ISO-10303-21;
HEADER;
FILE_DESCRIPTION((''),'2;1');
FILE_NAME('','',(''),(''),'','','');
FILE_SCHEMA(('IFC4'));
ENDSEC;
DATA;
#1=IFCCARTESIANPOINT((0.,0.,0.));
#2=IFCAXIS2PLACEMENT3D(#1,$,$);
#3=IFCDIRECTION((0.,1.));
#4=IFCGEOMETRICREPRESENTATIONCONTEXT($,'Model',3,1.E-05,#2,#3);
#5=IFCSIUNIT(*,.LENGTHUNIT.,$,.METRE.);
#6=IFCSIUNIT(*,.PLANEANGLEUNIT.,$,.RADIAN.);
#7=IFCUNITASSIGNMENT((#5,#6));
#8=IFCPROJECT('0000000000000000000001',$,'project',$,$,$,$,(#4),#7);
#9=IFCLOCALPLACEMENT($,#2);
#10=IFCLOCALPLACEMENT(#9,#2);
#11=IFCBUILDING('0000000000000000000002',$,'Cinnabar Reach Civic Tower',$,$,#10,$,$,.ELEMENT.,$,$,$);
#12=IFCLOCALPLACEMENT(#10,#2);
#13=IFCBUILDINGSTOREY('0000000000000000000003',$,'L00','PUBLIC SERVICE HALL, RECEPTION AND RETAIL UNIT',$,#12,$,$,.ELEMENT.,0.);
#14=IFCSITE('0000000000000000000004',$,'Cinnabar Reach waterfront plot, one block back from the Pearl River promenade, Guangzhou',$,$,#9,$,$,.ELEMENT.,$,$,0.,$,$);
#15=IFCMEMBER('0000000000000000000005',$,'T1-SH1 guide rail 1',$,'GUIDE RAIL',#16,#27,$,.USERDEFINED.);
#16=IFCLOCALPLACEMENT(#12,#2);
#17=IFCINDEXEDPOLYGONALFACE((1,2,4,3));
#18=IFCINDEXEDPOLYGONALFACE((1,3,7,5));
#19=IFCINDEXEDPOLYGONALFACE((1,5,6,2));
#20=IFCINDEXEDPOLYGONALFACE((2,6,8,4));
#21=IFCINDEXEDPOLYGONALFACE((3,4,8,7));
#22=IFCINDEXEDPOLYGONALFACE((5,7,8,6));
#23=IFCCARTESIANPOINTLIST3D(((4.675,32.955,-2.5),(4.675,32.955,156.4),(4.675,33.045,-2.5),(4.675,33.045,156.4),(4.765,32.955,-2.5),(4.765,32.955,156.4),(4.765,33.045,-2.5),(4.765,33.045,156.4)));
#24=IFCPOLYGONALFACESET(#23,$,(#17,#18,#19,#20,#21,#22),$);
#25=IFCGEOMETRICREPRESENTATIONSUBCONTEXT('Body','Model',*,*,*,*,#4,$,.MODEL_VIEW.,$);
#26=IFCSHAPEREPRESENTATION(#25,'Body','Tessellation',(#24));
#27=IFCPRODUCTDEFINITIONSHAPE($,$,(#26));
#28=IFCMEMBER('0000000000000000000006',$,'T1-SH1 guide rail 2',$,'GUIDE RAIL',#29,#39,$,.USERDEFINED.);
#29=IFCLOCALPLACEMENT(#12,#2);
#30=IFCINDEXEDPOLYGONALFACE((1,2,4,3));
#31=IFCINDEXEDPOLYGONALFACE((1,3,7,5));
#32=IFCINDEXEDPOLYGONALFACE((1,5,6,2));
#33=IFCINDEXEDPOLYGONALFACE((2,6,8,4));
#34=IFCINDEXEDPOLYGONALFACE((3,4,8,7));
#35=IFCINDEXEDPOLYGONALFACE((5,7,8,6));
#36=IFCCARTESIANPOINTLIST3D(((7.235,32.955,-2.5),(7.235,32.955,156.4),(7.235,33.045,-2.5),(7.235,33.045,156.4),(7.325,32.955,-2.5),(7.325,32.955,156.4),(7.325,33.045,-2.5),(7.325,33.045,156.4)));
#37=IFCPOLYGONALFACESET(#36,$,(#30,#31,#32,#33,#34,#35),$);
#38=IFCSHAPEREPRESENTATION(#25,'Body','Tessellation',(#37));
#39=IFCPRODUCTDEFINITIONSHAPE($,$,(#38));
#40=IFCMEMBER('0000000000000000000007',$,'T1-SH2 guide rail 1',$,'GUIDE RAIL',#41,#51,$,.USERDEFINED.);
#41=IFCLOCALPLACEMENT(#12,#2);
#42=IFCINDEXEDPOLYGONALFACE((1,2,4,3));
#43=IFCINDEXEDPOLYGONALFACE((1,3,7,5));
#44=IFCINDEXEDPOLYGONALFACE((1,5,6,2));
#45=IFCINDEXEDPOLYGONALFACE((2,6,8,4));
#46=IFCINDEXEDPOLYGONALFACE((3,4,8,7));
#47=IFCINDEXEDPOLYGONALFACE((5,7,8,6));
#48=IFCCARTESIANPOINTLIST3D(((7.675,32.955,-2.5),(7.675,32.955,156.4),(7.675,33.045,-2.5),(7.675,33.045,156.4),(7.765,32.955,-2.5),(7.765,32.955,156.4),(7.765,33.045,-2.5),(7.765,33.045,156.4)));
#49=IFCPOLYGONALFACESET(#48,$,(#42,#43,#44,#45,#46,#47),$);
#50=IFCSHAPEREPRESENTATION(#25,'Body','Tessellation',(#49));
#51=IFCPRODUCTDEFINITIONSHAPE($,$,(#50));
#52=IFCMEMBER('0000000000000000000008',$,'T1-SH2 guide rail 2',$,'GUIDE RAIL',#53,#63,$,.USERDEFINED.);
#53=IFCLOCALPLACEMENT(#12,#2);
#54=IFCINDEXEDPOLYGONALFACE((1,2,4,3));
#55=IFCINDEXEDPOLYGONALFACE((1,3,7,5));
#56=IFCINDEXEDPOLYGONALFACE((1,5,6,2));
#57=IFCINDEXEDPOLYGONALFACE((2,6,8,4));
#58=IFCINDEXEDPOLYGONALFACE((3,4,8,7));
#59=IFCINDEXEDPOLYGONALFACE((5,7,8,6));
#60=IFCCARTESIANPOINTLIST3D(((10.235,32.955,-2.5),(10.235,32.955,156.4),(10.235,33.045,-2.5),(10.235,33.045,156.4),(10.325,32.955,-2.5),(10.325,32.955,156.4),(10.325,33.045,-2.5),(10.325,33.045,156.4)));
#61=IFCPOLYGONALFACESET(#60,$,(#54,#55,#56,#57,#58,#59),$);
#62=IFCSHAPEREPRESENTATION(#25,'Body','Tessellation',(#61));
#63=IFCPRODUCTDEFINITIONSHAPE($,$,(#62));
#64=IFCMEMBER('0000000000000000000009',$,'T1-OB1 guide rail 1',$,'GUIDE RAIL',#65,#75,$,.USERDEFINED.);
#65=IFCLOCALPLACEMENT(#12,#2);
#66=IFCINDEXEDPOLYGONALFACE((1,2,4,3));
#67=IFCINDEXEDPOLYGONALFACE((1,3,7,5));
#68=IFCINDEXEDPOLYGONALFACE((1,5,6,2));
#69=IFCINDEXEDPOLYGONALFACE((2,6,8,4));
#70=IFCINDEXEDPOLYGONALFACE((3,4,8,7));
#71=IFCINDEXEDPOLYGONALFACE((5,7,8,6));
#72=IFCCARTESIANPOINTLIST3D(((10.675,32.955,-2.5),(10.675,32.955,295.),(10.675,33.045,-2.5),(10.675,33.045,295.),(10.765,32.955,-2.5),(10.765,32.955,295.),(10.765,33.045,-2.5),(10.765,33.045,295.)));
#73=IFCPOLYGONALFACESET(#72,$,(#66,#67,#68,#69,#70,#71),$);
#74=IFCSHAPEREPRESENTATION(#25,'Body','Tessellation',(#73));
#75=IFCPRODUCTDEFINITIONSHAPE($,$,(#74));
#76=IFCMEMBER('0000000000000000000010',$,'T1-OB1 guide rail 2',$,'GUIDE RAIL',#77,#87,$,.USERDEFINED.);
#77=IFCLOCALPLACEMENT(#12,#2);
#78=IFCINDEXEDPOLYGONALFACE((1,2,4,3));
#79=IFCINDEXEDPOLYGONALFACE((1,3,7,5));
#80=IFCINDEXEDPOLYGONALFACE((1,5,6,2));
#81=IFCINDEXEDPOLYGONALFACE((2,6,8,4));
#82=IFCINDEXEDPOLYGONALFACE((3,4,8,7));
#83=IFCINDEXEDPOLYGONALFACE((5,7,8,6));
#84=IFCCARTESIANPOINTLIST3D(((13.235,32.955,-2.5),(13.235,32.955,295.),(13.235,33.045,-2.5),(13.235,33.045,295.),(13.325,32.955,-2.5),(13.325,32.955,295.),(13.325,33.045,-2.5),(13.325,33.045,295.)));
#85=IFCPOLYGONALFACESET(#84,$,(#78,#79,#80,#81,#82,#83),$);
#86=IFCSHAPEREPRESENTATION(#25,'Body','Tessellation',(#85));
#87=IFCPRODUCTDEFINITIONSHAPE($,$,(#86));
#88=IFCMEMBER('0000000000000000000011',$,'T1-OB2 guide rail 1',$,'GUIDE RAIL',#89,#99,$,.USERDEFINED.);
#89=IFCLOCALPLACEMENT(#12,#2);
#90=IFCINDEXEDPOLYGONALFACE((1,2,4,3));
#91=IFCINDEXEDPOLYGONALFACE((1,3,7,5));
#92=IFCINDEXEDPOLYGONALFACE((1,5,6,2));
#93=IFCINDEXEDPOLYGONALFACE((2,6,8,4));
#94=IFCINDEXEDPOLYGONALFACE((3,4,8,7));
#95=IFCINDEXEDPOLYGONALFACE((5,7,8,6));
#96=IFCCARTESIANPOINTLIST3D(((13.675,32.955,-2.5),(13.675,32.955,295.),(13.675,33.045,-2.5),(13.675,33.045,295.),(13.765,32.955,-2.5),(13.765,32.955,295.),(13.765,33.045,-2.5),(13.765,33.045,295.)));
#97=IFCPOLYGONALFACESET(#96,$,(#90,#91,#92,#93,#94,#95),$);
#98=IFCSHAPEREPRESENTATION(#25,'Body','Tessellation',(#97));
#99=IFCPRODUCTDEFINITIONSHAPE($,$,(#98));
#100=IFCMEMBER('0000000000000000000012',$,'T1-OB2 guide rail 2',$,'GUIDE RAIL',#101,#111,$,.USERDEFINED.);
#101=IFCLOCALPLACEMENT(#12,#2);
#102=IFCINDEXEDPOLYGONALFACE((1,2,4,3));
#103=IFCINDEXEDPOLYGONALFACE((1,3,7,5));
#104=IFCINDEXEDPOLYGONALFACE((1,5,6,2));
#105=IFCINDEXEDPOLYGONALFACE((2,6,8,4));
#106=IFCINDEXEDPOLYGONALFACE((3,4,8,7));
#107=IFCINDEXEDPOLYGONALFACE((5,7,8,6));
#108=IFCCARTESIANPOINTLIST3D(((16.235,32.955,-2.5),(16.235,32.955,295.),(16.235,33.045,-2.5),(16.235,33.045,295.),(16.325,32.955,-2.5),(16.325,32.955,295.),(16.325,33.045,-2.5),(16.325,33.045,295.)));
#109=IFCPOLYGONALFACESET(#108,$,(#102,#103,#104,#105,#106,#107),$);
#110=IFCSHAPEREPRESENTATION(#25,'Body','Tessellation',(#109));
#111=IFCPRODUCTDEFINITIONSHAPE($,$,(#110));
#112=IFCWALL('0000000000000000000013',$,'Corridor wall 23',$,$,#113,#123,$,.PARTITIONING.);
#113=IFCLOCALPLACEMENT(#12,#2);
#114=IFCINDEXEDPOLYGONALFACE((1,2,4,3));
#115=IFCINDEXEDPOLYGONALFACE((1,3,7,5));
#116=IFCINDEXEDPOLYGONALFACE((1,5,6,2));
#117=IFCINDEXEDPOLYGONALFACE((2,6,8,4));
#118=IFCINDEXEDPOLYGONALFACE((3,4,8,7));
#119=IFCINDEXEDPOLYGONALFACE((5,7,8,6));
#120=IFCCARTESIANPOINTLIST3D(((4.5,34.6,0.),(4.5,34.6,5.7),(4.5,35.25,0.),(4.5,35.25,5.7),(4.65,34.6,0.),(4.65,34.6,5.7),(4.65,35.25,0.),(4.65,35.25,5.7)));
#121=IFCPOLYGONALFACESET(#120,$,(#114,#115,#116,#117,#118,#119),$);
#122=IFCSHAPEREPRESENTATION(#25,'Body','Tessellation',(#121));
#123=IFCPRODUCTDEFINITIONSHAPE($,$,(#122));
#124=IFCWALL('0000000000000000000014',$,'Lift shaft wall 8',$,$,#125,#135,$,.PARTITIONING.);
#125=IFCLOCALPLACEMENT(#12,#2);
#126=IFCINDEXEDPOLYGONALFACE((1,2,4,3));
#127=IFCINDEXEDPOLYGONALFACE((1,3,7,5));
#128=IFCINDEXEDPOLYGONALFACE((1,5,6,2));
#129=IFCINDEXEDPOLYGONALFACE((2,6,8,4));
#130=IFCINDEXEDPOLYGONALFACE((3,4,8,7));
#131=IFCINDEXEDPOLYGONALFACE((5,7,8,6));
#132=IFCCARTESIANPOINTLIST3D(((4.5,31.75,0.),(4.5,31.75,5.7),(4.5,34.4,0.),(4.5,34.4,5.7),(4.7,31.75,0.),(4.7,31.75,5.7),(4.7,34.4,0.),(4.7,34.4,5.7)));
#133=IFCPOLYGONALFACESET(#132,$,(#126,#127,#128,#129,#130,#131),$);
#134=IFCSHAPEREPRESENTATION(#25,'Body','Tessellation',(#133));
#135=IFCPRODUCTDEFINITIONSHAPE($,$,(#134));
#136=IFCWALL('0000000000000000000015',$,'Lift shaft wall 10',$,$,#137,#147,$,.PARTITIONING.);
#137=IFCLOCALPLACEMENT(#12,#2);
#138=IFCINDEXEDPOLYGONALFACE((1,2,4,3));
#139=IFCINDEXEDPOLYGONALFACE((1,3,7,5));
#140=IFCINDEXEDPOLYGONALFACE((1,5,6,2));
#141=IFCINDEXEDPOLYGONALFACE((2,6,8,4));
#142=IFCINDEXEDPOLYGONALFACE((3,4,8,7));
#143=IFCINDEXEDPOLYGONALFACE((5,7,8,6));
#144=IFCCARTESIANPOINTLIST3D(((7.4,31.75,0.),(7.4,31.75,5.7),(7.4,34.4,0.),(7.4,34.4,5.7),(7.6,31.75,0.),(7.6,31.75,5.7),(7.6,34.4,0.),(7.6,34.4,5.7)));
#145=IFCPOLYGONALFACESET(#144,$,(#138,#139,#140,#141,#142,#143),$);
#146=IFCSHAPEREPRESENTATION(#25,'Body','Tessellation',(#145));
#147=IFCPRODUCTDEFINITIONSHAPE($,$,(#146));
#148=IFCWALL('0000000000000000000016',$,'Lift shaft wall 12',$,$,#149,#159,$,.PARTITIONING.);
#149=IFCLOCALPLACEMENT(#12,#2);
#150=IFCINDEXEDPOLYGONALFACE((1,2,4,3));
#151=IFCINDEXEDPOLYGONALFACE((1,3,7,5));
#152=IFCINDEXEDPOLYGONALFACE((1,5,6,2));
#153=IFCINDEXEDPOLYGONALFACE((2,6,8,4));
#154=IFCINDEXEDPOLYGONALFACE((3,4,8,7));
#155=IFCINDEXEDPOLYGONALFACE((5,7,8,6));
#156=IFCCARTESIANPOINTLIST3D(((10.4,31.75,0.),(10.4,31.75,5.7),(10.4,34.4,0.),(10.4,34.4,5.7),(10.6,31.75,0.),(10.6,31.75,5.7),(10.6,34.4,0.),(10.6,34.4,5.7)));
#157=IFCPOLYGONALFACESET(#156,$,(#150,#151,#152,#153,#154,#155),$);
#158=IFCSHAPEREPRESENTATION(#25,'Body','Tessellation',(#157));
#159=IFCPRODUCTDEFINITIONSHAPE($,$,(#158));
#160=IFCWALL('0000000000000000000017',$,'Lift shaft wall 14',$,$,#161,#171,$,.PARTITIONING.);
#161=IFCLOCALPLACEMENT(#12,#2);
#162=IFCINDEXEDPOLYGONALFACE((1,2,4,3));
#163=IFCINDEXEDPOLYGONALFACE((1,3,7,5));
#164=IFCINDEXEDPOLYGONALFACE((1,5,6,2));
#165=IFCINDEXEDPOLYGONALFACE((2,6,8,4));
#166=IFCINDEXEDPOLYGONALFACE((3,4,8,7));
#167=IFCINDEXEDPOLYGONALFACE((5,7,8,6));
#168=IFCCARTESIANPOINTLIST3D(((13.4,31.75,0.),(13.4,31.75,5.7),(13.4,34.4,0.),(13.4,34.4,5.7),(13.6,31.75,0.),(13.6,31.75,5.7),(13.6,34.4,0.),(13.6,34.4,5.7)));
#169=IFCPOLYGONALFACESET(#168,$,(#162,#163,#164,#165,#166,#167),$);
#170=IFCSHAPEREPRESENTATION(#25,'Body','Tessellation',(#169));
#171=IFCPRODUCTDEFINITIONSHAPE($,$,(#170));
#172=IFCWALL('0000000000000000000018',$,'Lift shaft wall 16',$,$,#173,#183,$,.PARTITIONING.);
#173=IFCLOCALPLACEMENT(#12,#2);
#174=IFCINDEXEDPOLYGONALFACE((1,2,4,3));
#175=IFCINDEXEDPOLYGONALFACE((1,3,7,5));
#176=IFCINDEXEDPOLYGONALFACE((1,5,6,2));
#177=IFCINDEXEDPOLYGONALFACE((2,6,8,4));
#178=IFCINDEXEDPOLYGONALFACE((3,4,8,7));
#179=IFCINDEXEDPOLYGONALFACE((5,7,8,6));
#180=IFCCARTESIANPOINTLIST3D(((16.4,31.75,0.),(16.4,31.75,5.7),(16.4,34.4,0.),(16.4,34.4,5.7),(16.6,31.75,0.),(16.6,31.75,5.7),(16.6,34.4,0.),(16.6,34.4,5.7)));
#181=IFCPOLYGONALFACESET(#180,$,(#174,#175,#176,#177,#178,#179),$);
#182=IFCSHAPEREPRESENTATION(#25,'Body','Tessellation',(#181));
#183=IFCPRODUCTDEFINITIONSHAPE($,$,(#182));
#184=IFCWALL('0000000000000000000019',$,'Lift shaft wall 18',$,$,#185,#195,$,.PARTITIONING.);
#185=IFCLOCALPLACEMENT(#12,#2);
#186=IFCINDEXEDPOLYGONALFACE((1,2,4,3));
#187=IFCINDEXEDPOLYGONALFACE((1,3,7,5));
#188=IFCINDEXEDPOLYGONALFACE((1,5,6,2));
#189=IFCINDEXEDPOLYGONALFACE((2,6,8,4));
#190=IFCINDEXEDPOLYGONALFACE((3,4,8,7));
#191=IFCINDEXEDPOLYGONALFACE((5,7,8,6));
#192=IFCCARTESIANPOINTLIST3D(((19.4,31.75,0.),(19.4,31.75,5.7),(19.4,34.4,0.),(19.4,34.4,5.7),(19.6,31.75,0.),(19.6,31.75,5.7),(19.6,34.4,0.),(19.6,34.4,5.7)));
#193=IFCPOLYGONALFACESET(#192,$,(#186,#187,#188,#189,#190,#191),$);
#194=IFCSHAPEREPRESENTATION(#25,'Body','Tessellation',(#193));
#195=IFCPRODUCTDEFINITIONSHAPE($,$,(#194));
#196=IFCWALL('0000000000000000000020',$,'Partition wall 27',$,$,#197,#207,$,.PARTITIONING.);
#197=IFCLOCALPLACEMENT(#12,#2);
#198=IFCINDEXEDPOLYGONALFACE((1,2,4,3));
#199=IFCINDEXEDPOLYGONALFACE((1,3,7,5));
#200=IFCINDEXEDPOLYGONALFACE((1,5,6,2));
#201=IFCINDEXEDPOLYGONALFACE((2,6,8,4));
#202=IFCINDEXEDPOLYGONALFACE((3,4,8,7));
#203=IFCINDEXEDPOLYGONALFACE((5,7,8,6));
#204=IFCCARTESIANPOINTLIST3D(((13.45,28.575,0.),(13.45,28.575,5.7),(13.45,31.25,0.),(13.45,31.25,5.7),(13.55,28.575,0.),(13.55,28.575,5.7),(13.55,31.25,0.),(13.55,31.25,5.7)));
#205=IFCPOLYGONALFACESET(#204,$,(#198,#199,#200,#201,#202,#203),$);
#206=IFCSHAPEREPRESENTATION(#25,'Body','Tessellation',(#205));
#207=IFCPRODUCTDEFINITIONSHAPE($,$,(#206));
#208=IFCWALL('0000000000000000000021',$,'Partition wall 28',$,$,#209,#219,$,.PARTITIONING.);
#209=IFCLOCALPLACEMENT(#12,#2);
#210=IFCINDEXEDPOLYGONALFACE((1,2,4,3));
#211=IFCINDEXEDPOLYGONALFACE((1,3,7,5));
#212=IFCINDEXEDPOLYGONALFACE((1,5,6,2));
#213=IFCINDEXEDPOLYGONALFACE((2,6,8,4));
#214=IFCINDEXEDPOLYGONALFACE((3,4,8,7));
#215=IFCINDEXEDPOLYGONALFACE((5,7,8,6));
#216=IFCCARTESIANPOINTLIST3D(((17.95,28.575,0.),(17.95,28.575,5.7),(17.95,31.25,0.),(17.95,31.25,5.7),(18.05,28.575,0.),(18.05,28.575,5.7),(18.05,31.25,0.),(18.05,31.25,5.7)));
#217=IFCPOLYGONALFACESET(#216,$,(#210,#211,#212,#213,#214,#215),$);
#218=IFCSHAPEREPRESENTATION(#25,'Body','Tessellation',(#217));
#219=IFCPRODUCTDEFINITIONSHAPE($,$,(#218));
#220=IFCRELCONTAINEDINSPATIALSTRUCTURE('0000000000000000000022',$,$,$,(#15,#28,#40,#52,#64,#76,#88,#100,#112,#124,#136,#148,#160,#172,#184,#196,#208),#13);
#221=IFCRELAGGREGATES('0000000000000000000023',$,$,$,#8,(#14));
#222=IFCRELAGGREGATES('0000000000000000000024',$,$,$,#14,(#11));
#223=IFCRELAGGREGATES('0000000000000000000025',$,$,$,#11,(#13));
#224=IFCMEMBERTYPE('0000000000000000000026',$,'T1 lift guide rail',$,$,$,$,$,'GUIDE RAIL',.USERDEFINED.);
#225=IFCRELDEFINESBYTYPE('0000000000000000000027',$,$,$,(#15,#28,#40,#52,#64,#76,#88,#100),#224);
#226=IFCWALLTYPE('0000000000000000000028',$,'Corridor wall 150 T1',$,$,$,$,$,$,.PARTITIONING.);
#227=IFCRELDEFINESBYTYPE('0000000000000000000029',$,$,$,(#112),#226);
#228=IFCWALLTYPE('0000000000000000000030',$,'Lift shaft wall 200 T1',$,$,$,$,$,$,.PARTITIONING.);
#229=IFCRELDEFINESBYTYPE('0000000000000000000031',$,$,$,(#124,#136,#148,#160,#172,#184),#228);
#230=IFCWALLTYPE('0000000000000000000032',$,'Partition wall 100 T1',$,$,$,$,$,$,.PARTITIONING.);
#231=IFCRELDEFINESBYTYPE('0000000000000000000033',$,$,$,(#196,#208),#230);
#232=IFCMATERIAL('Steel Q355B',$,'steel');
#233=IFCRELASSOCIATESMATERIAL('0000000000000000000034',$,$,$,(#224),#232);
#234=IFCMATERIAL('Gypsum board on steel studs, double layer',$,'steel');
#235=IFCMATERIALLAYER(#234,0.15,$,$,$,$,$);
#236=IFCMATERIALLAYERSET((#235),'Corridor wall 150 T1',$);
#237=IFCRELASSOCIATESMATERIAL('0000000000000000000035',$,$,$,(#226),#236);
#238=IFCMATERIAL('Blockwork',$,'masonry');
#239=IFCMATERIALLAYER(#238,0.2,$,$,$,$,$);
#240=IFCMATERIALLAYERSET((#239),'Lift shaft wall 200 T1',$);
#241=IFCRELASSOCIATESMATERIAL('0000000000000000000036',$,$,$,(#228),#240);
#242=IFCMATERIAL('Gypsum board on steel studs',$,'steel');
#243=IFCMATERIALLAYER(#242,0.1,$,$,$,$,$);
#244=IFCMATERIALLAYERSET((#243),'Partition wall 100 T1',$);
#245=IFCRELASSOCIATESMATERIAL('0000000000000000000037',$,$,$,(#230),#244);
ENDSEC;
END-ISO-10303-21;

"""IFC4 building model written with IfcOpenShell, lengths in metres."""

from ifc_helpers import new_model, si_unit, direction, frame, frame_2d, origin, origin_2d, place, context, subcontext, project, spatial, rectangle, extrude, material, layer, layer_set, material_profile, profile_set, type_object, element, save


model = new_model("IFC4")

# Units and contexts
model_context = context("Model", 3, precision=1e-05, world=origin(), true_north=direction((0.0, 1.0)))
body_context = subcontext(model_context, "Body", "Model", "MODEL_VIEW")
ifc_project = project(units=[si_unit("LENGTHUNIT", "METRE"), si_unit("PLANEANGLEUNIT", "RADIAN")], contexts=[model_context])

# Site, building, storey
site_placement = place(None, origin())
site = spatial("IfcSite", under=ifc_project, at=site_placement, Name="Cinnabar Reach waterfront plot, one block back from the Pearl River promenade, Guangzhou", CompositionType="ELEMENT", RefElevation=0.0)
building_placement = place(site_placement, origin())
building = spatial("IfcBuilding", under=site, at=building_placement, Name="Cinnabar Reach Civic Tower", CompositionType="ELEMENT")
storey_placement = place(building_placement, origin())
storey = spatial("IfcBuildingStorey", under=building, at=storey_placement, Name="L00", Description="PUBLIC SERVICE HALL, RECEPTION AND RETAIL UNIT", CompositionType="ELEMENT", Elevation=0.0)

# Members
ifc_material_1 = material(Name="Steel Q355B", Category="steel")
ifc_material_profile = material_profile(ifc_material_1, rectangle(XDim=0.09, YDim=0.09, at=origin_2d()), Name="T1 lift guide rail")
ifc_profile_set = profile_set([ifc_material_profile], Name="Steel Q355B")
member_type = type_object("IfcMemberType", Name="T1 lift guide rail", ElementType="GUIDE RAIL", PredefinedType="USERDEFINED", material=ifc_profile_set)
for number, where, z_axis, x_axis, name in (
    (1, (4.72, 33.0, -2.5), (0.0, 0.0, 1.0), (1.0, 0.0, 0.0), "T1-SH1 guide rail 1"),
    (2, (7.28, 33.0, -2.5), (0.0, 0.0, 1.0), (1.0, 0.0, 0.0), "T1-SH1 guide rail 2"),
    (3, (7.72, 33.0, -2.5), (0.0, 0.0, 1.0), (1.0, 0.0, 0.0), "T1-SH2 guide rail 1"),
    (4, (10.28, 33.0, -2.5), (0.0, 0.0, 1.0), (1.0, 0.0, 0.0), "T1-SH2 guide rail 2"),
):
    element("IfcMember", number, at=place(storey_placement, frame(where, z_axis=z_axis, x_axis=x_axis)), inside=storey, type_object=member_type, Name=name, ObjectType="GUIDE RAIL", PredefinedType="USERDEFINED", context=body_context, shape_type="SweptSolid", body=[
        extrude(rectangle(XDim=0.09, YDim=0.09, at=origin_2d()), origin(), (0.0, 0.0, 1.0), 158.9),
    ])
for number, where, z_axis, x_axis, name in (
    (5, (10.72, 33.0, -2.5), (0.0, 0.0, 1.0), (1.0, 0.0, 0.0), "T1-OB1 guide rail 1"),
    (6, (13.28, 33.0, -2.5), (0.0, 0.0, 1.0), (1.0, 0.0, 0.0), "T1-OB1 guide rail 2"),
    (7, (13.72, 33.0, -2.5), (0.0, 0.0, 1.0), (1.0, 0.0, 0.0), "T1-OB2 guide rail 1"),
    (8, (16.28, 33.0, -2.5), (0.0, 0.0, 1.0), (1.0, 0.0, 0.0), "T1-OB2 guide rail 2"),
):
    element("IfcMember", number, at=place(storey_placement, frame(where, z_axis=z_axis, x_axis=x_axis)), inside=storey, type_object=member_type, Name=name, ObjectType="GUIDE RAIL", PredefinedType="USERDEFINED", context=body_context, shape_type="SweptSolid", body=[
        extrude(rectangle(XDim=0.09, YDim=0.09, at=origin_2d()), origin(), (0.0, 0.0, 1.0), 297.5),
    ])

# Walls
ifc_material_2 = material(Name="Gypsum board on steel studs, double layer", Category="steel")
ifc_layer_1 = layer(ifc_material_2, 0.15)
ifc_layer_set_1 = layer_set([ifc_layer_1], Name="Corridor wall 150 T1")
wall_type_1 = type_object("IfcWallType", Name="Corridor wall 150 T1", PredefinedType="PARTITIONING", material=ifc_layer_set_1)
wall_1_placement = place(storey_placement, frame((4.575, 34.6, 0.0), z_axis=(0.0, 0.0, 1.0), x_axis=(0.0, 1.0, 0.0)))
element("IfcWall", 9, at=wall_1_placement, inside=storey, type_object=wall_type_1, Name="Corridor wall 23", PredefinedType="PARTITIONING", context=body_context, shape_type="SweptSolid", body=[
    extrude(rectangle(XDim=0.65, YDim=0.15, at=frame_2d((0.325, 0.0))), origin(), (0.0, 0.0, 1.0), 5.7),
])
ifc_material_3 = material(Name="Blockwork", Category="masonry")
ifc_layer_2 = layer(ifc_material_3, 0.2)
ifc_layer_set_2 = layer_set([ifc_layer_2], Name="Lift shaft wall 200 T1")
wall_type_2 = type_object("IfcWallType", Name="Lift shaft wall 200 T1", PredefinedType="PARTITIONING", material=ifc_layer_set_2)
for number, where, z_axis, x_axis, name in (
    (10, (4.6, 31.75, 0.0), (0.0, 0.0, 1.0), (0.0, 1.0, 0.0), "Lift shaft wall 8"),
    (11, (7.5, 31.75, 0.0), (0.0, 0.0, 1.0), (0.0, 1.0, 0.0), "Lift shaft wall 10"),
    (12, (10.5, 31.75, 0.0), (0.0, 0.0, 1.0), (0.0, 1.0, 0.0), "Lift shaft wall 12"),
    (13, (13.5, 31.75, 0.0), (0.0, 0.0, 1.0), (0.0, 1.0, 0.0), "Lift shaft wall 14"),
    (14, (16.5, 31.75, 0.0), (0.0, 0.0, 1.0), (0.0, 1.0, 0.0), "Lift shaft wall 16"),
    (15, (19.5, 31.75, 0.0), (0.0, 0.0, 1.0), (0.0, 1.0, 0.0), "Lift shaft wall 18"),
):
    element("IfcWall", number, at=place(storey_placement, frame(where, z_axis=z_axis, x_axis=x_axis)), inside=storey, type_object=wall_type_2, Name=name, PredefinedType="PARTITIONING", context=body_context, shape_type="SweptSolid", body=[
        extrude(rectangle(XDim=2.65, YDim=0.2, at=frame_2d((1.325, 0.0))), origin(), (0.0, 0.0, 1.0), 5.7),
    ])
ifc_material_4 = material(Name="Gypsum board on steel studs", Category="steel")
ifc_layer_3 = layer(ifc_material_4, 0.1)
ifc_layer_set_3 = layer_set([ifc_layer_3], Name="Partition wall 100 T1")
wall_type_3 = type_object("IfcWallType", Name="Partition wall 100 T1", PredefinedType="PARTITIONING", material=ifc_layer_set_3)
for number, where, z_axis, x_axis, name in (
    (16, (13.5, 28.575, 0.0), (0.0, 0.0, 1.0), (0.0, 1.0, 0.0), "Partition wall 27"),
    (17, (18.0, 28.575, 0.0), (0.0, 0.0, 1.0), (0.0, 1.0, 0.0), "Partition wall 28"),
):
    element("IfcWall", number, at=place(storey_placement, frame(where, z_axis=z_axis, x_axis=x_axis)), inside=storey, type_object=wall_type_3, Name=name, PredefinedType="PARTITIONING", context=body_context, shape_type="SweptSolid", body=[
        extrude(rectangle(XDim=2.675, YDim=0.1, at=frame_2d((1.3375, 0.0))), origin(), (0.0, 0.0, 1.0), 5.7),
    ])

save(model, "model.ifc")
